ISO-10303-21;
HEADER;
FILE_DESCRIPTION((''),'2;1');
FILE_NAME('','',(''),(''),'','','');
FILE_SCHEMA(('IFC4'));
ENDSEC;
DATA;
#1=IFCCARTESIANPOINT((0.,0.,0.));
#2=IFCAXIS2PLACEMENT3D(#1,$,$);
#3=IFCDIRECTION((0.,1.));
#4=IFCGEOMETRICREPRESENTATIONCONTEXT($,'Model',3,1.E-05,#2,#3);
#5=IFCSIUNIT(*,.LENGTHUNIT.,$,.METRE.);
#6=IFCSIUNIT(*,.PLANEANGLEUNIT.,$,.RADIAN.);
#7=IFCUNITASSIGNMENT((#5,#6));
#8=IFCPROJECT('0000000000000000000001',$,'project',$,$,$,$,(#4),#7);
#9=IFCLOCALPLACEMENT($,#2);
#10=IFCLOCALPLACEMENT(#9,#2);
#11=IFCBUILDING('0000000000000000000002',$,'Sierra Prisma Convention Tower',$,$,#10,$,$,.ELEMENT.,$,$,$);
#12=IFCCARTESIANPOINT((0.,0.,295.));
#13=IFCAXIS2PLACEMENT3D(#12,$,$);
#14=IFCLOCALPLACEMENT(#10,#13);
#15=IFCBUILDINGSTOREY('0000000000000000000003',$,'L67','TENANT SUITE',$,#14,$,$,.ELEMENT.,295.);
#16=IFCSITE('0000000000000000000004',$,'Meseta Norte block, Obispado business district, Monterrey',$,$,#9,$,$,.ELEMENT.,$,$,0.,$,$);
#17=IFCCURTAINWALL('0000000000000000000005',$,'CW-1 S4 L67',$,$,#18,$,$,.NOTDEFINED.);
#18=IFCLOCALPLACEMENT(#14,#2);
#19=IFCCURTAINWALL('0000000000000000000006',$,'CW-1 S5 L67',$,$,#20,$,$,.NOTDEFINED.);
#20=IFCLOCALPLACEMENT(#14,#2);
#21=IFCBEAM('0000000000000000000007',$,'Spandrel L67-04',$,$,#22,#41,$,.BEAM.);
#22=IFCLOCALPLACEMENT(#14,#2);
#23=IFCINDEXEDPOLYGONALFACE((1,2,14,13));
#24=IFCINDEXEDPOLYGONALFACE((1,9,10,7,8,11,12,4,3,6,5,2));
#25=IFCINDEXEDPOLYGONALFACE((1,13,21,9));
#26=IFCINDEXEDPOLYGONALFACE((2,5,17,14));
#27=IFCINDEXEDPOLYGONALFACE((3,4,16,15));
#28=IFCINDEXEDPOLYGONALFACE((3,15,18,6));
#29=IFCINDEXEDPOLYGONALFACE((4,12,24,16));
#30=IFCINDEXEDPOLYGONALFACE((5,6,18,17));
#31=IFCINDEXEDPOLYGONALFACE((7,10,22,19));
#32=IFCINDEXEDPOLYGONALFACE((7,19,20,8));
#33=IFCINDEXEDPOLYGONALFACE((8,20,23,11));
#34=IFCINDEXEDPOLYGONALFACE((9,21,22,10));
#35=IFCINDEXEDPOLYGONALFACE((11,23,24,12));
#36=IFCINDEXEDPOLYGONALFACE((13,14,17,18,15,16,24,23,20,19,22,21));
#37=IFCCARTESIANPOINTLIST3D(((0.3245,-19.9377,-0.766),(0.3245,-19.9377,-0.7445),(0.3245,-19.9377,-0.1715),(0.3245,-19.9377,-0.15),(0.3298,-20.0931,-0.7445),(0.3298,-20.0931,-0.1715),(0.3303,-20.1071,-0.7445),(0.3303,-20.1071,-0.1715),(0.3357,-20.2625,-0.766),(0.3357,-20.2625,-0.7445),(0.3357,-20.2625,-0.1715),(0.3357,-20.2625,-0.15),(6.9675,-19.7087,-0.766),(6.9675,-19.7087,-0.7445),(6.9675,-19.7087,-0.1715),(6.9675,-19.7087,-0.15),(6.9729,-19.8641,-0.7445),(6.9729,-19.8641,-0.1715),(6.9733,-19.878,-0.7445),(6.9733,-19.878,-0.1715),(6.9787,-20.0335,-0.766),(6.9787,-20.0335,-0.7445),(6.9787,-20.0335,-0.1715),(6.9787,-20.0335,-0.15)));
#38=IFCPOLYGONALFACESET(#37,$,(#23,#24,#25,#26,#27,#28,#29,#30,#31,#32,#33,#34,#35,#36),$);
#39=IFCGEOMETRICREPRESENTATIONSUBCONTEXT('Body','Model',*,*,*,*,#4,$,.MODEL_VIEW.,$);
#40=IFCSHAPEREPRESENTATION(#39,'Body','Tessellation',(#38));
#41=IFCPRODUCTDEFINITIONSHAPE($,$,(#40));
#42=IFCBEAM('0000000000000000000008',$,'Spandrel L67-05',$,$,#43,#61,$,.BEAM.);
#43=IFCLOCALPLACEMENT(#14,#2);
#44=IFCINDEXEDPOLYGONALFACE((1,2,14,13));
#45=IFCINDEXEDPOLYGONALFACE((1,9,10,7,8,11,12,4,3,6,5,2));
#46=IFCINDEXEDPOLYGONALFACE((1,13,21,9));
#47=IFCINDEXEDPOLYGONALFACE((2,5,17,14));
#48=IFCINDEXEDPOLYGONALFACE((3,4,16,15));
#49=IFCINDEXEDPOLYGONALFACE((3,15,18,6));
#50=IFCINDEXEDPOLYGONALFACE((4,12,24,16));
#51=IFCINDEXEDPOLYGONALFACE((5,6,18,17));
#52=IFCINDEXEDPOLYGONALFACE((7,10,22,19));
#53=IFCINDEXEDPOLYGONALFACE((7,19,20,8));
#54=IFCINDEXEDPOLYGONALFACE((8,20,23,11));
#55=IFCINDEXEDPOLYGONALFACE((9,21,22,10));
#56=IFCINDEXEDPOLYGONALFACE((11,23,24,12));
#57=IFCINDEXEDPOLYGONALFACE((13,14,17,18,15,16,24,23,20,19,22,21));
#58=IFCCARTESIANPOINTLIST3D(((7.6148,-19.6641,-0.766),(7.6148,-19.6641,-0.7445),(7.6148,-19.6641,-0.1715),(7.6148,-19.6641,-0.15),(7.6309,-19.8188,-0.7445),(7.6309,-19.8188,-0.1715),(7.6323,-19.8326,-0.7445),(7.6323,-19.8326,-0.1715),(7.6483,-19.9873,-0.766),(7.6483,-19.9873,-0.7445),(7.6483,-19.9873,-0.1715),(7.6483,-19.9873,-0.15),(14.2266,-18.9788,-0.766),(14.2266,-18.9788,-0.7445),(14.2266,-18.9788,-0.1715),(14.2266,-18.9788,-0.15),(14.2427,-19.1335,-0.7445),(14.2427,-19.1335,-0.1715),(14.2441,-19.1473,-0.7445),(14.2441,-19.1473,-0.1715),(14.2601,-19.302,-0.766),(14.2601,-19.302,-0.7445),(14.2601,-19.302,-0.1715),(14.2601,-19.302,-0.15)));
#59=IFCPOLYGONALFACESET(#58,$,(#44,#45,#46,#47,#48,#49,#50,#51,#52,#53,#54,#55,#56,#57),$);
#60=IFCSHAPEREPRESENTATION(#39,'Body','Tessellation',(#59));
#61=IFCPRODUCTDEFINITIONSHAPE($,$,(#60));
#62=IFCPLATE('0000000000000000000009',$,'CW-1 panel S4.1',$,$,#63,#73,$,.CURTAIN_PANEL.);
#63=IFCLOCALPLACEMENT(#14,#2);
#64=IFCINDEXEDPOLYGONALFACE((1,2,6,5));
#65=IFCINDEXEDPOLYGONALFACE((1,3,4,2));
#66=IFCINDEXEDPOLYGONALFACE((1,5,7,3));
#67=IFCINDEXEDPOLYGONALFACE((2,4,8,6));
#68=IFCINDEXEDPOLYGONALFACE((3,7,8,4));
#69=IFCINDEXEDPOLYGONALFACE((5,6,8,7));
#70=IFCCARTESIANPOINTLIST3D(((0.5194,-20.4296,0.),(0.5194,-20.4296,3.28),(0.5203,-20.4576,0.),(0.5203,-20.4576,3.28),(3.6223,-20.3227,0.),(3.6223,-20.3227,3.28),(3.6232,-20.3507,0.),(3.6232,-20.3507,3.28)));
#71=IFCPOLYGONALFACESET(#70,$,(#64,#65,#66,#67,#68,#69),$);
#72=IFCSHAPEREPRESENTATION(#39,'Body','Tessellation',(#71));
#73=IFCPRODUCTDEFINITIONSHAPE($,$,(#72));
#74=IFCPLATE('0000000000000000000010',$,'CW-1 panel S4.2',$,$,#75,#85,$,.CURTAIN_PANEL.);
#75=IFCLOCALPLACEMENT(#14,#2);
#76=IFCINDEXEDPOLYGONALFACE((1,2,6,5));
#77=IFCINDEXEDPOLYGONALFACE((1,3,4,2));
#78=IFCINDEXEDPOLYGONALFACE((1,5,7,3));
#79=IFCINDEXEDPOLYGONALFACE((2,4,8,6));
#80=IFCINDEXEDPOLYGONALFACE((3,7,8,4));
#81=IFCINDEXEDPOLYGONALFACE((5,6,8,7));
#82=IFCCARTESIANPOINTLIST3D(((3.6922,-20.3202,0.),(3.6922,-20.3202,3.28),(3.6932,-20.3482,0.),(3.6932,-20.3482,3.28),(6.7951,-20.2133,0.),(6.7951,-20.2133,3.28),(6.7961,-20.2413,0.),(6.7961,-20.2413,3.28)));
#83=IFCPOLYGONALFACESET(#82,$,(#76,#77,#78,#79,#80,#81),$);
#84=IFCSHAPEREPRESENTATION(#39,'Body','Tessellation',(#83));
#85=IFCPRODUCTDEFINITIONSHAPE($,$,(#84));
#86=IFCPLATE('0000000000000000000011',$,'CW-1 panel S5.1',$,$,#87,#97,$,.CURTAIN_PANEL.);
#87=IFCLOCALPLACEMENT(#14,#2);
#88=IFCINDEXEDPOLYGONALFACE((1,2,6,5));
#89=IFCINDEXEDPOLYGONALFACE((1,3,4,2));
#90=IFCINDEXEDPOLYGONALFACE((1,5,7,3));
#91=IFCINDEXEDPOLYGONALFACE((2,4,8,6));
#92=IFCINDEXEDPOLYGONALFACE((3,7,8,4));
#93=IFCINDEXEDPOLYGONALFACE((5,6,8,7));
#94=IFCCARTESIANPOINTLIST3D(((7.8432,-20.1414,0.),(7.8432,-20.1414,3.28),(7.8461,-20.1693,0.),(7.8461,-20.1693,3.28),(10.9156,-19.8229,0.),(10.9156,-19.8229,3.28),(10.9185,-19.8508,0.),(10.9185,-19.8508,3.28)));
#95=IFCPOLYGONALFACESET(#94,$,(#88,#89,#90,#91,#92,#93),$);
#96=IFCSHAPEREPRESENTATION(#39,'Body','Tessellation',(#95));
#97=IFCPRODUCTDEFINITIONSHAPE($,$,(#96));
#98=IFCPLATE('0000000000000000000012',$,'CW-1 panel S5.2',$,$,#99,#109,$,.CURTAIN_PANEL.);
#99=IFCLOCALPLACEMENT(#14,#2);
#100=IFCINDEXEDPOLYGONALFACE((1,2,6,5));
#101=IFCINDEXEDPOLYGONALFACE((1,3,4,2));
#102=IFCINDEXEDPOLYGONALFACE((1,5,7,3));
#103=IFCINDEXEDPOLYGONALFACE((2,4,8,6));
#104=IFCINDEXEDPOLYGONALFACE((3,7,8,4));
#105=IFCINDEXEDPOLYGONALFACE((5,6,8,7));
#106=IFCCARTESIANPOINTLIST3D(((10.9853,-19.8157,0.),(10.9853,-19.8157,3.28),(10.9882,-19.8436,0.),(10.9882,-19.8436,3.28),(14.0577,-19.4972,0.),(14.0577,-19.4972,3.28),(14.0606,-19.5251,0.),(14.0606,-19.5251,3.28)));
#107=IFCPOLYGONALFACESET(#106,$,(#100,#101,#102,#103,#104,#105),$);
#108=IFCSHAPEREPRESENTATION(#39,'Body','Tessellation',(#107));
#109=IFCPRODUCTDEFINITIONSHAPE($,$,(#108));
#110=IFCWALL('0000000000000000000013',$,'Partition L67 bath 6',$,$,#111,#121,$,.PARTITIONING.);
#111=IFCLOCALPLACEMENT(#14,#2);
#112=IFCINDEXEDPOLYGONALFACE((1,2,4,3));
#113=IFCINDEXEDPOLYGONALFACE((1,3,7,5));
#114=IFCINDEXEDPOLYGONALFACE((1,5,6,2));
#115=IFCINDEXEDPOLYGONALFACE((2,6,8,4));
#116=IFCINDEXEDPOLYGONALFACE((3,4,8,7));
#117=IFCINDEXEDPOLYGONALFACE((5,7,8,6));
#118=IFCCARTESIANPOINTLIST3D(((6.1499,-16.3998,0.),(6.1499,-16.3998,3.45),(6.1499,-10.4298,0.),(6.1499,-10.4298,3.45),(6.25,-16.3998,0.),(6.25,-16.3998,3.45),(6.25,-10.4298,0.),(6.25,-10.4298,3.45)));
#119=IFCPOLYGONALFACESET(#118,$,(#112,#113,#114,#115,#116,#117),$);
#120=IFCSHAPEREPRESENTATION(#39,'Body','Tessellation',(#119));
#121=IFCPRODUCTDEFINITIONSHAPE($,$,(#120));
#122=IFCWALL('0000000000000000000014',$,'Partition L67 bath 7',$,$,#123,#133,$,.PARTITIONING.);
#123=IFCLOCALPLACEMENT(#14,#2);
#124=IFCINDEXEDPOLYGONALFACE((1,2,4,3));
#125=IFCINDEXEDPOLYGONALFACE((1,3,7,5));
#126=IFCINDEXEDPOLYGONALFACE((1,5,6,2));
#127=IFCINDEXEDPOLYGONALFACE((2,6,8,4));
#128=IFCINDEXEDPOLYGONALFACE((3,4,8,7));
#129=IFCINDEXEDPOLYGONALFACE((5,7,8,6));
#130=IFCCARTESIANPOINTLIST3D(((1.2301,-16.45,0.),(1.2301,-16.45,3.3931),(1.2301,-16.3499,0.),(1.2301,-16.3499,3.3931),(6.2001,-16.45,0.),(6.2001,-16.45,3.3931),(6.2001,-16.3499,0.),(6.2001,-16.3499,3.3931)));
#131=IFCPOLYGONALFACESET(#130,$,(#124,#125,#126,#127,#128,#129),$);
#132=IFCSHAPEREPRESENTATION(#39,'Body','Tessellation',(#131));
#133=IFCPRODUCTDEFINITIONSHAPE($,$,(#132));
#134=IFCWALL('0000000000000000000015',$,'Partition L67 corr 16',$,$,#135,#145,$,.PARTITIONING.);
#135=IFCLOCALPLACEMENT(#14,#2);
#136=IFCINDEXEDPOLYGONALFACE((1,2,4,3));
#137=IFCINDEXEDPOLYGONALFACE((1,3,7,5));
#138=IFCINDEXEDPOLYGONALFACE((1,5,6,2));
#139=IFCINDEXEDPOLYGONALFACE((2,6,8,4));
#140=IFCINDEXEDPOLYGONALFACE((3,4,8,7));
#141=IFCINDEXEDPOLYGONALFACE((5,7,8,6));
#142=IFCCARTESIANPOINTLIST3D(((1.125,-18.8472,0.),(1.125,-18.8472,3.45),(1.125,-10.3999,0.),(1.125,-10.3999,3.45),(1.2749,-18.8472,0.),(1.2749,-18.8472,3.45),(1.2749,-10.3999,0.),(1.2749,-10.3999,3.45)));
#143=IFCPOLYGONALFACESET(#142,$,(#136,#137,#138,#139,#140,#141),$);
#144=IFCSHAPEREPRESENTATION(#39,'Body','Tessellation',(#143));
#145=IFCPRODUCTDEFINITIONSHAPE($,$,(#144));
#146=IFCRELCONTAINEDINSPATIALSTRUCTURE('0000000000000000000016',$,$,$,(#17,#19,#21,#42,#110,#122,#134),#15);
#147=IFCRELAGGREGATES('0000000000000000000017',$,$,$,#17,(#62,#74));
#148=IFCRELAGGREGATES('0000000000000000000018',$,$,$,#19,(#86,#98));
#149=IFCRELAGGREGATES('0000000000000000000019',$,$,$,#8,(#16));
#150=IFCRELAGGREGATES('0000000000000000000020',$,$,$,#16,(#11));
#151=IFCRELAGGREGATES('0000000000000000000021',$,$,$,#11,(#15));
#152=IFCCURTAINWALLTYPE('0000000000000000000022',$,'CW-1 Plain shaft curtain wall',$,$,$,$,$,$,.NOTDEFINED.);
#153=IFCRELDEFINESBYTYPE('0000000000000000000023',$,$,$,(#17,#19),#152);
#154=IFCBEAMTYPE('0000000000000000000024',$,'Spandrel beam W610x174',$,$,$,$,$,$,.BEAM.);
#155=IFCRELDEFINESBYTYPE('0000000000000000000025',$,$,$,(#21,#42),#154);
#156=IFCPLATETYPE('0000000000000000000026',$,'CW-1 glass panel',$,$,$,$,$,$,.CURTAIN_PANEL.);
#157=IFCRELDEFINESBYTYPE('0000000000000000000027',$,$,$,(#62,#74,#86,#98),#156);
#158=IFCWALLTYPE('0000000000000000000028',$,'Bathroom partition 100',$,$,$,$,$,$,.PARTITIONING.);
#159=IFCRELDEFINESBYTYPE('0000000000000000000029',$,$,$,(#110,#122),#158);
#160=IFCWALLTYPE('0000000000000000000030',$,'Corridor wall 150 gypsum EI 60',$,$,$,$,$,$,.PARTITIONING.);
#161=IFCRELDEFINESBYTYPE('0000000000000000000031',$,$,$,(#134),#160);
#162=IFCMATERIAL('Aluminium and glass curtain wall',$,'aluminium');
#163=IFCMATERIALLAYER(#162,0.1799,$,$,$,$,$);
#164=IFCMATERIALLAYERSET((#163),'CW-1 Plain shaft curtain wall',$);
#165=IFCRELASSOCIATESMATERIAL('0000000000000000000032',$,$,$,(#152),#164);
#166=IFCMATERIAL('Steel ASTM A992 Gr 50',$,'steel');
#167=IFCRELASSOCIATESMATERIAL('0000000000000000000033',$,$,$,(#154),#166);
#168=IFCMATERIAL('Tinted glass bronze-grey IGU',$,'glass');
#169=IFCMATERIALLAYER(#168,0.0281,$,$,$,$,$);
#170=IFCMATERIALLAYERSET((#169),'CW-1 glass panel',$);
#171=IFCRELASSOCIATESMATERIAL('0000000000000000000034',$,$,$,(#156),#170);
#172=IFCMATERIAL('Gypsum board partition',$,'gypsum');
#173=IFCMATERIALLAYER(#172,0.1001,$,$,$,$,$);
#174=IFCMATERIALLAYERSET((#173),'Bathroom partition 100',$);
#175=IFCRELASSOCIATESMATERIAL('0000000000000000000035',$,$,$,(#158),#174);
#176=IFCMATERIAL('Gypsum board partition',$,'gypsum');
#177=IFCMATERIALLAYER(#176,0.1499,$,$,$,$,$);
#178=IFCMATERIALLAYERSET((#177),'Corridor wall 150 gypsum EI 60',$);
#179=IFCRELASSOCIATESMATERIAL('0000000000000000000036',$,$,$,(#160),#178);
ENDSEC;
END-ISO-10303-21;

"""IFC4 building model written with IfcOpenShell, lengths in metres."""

from ifc_helpers import new_model, si_unit, direction, frame, frame_2d, origin, origin_2d, place, context, subcontext, project, spatial, rectangle, i_section, extrude, material, layer, layer_set, material_profile, profile_set, type_object, element, aggregate, save


model = new_model("IFC4")

# Units and contexts
model_context = context("Model", 3, precision=1e-05, world=origin(), true_north=direction((0.0, 1.0)))
body_context = subcontext(model_context, "Body", "Model", "MODEL_VIEW")
ifc_project = project(units=[si_unit("LENGTHUNIT", "METRE"), si_unit("PLANEANGLEUNIT", "RADIAN")], contexts=[model_context])

# Site, building, storey
site_placement = place(None, origin())
site = spatial("IfcSite", under=ifc_project, at=site_placement, Name="Meseta Norte block, Obispado business district, Monterrey", CompositionType="ELEMENT", RefElevation=0.0)
building_placement = place(site_placement, origin())
building = spatial("IfcBuilding", under=site, at=building_placement, Name="Sierra Prisma Convention Tower", CompositionType="ELEMENT")
storey_placement = place(building_placement, frame((0.0, 0.0, 295.0)))
storey = spatial("IfcBuildingStorey", under=building, at=storey_placement, Name="L67", Description="TENANT SUITE", CompositionType="ELEMENT", Elevation=295.0)

# Curtain walls
ifc_material_1 = material(Name="Aluminium and glass curtain wall", Category="aluminium")
ifc_layer_1 = layer(ifc_material_1, 0.1799)
ifc_layer_set_1 = layer_set([ifc_layer_1], Name="CW-1 Plain shaft curtain wall")
curtain_wall_type = type_object("IfcCurtainWallType", Name="CW-1 Plain shaft curtain wall", PredefinedType="NOTDEFINED", material=ifc_layer_set_1)
curtain_wall_1_placement = place(storey_placement, origin())
curtain_wall_1 = element("IfcCurtainWall", 1, at=curtain_wall_1_placement, inside=storey, type_object=curtain_wall_type, Name="CW-1 S4 L67", PredefinedType="NOTDEFINED")
curtain_wall_2_placement = place(storey_placement, origin())
curtain_wall_2 = element("IfcCurtainWall", 2, at=curtain_wall_2_placement, inside=storey, type_object=curtain_wall_type, Name="CW-1 S5 L67", PredefinedType="NOTDEFINED")

# Beams
ifc_material_2 = material(Name="Steel ASTM A992 Gr 50", Category="steel")
ifc_material_profile_1 = material_profile(ifc_material_2, i_section(OverallWidth=0.325, OverallDepth=0.616, WebThickness=0.0139, FlangeThickness=0.0215, at=origin_2d()), Name="W610x174")
ifc_profile_set_1 = profile_set([ifc_material_profile_1], Name="Steel ASTM A992 Gr 50")
beam_type_1 = type_object("IfcBeamType", Name="Spandrel beam W610x174", PredefinedType="BEAM", material=ifc_profile_set_1)
beam_1_placement = place(storey_placement, frame((0.3301, -20.1001, -0.458), z_axis=(0.999406, 0.034452, 0.0), x_axis=(-0.034452, 0.999406, 0.0)))
element("IfcBeam", 3, at=beam_1_placement, inside=storey, type_object=beam_type_1, Name="Spandrel L67-04", PredefinedType="BEAM", context=body_context, shape_type="SweptSolid", body=[
    extrude(i_section(OverallWidth=0.325, OverallDepth=0.616, WebThickness=0.0139, FlangeThickness=0.0215, at=origin_2d()), origin(), (0.0, 0.0, 1.0), 6.647),
])
beam_2_placement = place(storey_placement, frame((7.6316, -19.8257, -0.458), z_axis=(0.994671, 0.103096, 0.0), x_axis=(-0.103096, 0.994671, 0.0)))
element("IfcBeam", 4, at=beam_2_placement, inside=storey, type_object=beam_type_1, Name="Spandrel L67-05", PredefinedType="BEAM", context=body_context, shape_type="SweptSolid", body=[
    extrude(i_section(OverallWidth=0.325, OverallDepth=0.616, WebThickness=0.0139, FlangeThickness=0.0215, at=origin_2d()), origin(), (0.0, 0.0, 1.0), 6.6472),
])

# Plates
ifc_material_3 = material(Name="Tinted glass bronze-grey IGU", Category="glass")
ifc_layer_2 = layer(ifc_material_3, 0.0281)
ifc_layer_set_2 = layer_set([ifc_layer_2], Name="CW-1 glass panel")
plate_type = type_object("IfcPlateType", Name="CW-1 glass panel", PredefinedType="CURTAIN_PANEL", material=ifc_layer_set_2)
plate_1_placement = place(storey_placement, frame((2.0713, -20.3901, 0.0), z_axis=(0.0, 0.0, 1.0), x_axis=(0.999407, 0.034428, 0.0)))
plate_1 = element("IfcPlate", 5, at=plate_1_placement, type_object=plate_type, Name="CW-1 panel S4.1", PredefinedType="CURTAIN_PANEL", context=body_context, shape_type="SweptSolid", body=[
    extrude(rectangle(XDim=3.1047, YDim=0.0281, at=origin_2d()), origin(), (0.0, 0.0, 1.0), 3.28),
])
plate_2_placement = place(storey_placement, frame((5.2441, -20.2808, 0.0), z_axis=(0.0, 0.0, 1.0), x_axis=(0.999407, 0.034428, 0.0)))
plate_2 = element("IfcPlate", 6, at=plate_2_placement, type_object=plate_type, Name="CW-1 panel S4.2", PredefinedType="CURTAIN_PANEL", context=body_context, shape_type="SweptSolid", body=[
    extrude(rectangle(XDim=3.1047, YDim=0.0281, at=origin_2d()), origin(), (0.0, 0.0, 1.0), 3.28),
])
aggregate(curtain_wall_1, [plate_1, plate_2])
plate_3_placement = place(storey_placement, frame((9.3809, -19.9961, 0.0), z_axis=(0.0, 0.0, 1.0), x_axis=(0.994669, 0.103122, 0.0)))
plate_3 = element("IfcPlate", 7, at=plate_3_placement, type_object=plate_type, Name="CW-1 panel S5.1", PredefinedType="CURTAIN_PANEL", context=body_context, shape_type="SweptSolid", body=[
    extrude(rectangle(XDim=3.0889, YDim=0.0281, at=origin_2d()), origin(), (0.0, 0.0, 1.0), 3.28),
])
plate_4_placement = place(storey_placement, frame((12.5229, -19.6704, 0.0), z_axis=(0.0, 0.0, 1.0), x_axis=(0.994669, 0.103122, 0.0)))
plate_4 = element("IfcPlate", 8, at=plate_4_placement, type_object=plate_type, Name="CW-1 panel S5.2", PredefinedType="CURTAIN_PANEL", context=body_context, shape_type="SweptSolid", body=[
    extrude(rectangle(XDim=3.0889, YDim=0.0281, at=origin_2d()), origin(), (0.0, 0.0, 1.0), 3.28),
])
aggregate(curtain_wall_2, [plate_3, plate_4])

# Walls
ifc_material_4 = material(Name="Gypsum board partition", Category="gypsum")
ifc_layer_3 = layer(ifc_material_4, 0.1001)
ifc_layer_set_3 = layer_set([ifc_layer_3], Name="Bathroom partition 100")
wall_type_1 = type_object("IfcWallType", Name="Bathroom partition 100", PredefinedType="PARTITIONING", material=ifc_layer_set_3)
wall_1_placement = place(storey_placement, frame((6.2, -10.4299, 0.0), z_axis=(0.0, 0.0, 1.0), x_axis=(0.0, -1.0, 0.0)))
element("IfcWall", 9, at=wall_1_placement, inside=storey, type_object=wall_type_1, Name="Partition L67 bath 6", PredefinedType="PARTITIONING", context=body_context, shape_type="SweptSolid", body=[
    extrude(rectangle(XDim=5.97, YDim=0.1001, at=frame_2d((2.9849, 0.0))), origin(), (0.0, 0.0, 1.0), 3.45),
])
wall_2_placement = place(storey_placement, frame((6.2, -16.3999, 0.0), z_axis=(0.0, 0.0, 1.0), x_axis=(-1.0, 0.0, 0.0)))
element("IfcWall", 10, at=wall_2_placement, inside=storey, type_object=wall_type_1, Name="Partition L67 bath 7", PredefinedType="PARTITIONING", context=body_context, shape_type="SweptSolid", body=[
    extrude(rectangle(XDim=4.97, YDim=0.1001, at=frame_2d((2.4849, 0.0))), origin(), (0.0, 0.0, 1.0), 3.3931),
])
ifc_material_5 = material(Name="Gypsum board partition", Category="gypsum")
ifc_layer_4 = layer(ifc_material_5, 0.1499)
ifc_layer_set_4 = layer_set([ifc_layer_4], Name="Corridor wall 150 gypsum EI 60")
wall_type_2 = type_object("IfcWallType", Name="Corridor wall 150 gypsum EI 60", PredefinedType="PARTITIONING", material=ifc_layer_set_4)
wall_3_placement = place(storey_placement, frame((1.2, -18.8472, 0.0), z_axis=(0.0, 0.0, 1.0), x_axis=(0.0, 1.0, 0.0)))
element("IfcWall", 11, at=wall_3_placement, inside=storey, type_object=wall_type_2, Name="Partition L67 corr 16", PredefinedType="PARTITIONING", context=body_context, shape_type="SweptSolid", body=[
    extrude(rectangle(XDim=8.4473, YDim=0.1499, at=frame_2d((4.2236, 0.0))), origin(), (0.0, 0.0, 1.0), 3.45),
])

save(model, "model.ifc")
